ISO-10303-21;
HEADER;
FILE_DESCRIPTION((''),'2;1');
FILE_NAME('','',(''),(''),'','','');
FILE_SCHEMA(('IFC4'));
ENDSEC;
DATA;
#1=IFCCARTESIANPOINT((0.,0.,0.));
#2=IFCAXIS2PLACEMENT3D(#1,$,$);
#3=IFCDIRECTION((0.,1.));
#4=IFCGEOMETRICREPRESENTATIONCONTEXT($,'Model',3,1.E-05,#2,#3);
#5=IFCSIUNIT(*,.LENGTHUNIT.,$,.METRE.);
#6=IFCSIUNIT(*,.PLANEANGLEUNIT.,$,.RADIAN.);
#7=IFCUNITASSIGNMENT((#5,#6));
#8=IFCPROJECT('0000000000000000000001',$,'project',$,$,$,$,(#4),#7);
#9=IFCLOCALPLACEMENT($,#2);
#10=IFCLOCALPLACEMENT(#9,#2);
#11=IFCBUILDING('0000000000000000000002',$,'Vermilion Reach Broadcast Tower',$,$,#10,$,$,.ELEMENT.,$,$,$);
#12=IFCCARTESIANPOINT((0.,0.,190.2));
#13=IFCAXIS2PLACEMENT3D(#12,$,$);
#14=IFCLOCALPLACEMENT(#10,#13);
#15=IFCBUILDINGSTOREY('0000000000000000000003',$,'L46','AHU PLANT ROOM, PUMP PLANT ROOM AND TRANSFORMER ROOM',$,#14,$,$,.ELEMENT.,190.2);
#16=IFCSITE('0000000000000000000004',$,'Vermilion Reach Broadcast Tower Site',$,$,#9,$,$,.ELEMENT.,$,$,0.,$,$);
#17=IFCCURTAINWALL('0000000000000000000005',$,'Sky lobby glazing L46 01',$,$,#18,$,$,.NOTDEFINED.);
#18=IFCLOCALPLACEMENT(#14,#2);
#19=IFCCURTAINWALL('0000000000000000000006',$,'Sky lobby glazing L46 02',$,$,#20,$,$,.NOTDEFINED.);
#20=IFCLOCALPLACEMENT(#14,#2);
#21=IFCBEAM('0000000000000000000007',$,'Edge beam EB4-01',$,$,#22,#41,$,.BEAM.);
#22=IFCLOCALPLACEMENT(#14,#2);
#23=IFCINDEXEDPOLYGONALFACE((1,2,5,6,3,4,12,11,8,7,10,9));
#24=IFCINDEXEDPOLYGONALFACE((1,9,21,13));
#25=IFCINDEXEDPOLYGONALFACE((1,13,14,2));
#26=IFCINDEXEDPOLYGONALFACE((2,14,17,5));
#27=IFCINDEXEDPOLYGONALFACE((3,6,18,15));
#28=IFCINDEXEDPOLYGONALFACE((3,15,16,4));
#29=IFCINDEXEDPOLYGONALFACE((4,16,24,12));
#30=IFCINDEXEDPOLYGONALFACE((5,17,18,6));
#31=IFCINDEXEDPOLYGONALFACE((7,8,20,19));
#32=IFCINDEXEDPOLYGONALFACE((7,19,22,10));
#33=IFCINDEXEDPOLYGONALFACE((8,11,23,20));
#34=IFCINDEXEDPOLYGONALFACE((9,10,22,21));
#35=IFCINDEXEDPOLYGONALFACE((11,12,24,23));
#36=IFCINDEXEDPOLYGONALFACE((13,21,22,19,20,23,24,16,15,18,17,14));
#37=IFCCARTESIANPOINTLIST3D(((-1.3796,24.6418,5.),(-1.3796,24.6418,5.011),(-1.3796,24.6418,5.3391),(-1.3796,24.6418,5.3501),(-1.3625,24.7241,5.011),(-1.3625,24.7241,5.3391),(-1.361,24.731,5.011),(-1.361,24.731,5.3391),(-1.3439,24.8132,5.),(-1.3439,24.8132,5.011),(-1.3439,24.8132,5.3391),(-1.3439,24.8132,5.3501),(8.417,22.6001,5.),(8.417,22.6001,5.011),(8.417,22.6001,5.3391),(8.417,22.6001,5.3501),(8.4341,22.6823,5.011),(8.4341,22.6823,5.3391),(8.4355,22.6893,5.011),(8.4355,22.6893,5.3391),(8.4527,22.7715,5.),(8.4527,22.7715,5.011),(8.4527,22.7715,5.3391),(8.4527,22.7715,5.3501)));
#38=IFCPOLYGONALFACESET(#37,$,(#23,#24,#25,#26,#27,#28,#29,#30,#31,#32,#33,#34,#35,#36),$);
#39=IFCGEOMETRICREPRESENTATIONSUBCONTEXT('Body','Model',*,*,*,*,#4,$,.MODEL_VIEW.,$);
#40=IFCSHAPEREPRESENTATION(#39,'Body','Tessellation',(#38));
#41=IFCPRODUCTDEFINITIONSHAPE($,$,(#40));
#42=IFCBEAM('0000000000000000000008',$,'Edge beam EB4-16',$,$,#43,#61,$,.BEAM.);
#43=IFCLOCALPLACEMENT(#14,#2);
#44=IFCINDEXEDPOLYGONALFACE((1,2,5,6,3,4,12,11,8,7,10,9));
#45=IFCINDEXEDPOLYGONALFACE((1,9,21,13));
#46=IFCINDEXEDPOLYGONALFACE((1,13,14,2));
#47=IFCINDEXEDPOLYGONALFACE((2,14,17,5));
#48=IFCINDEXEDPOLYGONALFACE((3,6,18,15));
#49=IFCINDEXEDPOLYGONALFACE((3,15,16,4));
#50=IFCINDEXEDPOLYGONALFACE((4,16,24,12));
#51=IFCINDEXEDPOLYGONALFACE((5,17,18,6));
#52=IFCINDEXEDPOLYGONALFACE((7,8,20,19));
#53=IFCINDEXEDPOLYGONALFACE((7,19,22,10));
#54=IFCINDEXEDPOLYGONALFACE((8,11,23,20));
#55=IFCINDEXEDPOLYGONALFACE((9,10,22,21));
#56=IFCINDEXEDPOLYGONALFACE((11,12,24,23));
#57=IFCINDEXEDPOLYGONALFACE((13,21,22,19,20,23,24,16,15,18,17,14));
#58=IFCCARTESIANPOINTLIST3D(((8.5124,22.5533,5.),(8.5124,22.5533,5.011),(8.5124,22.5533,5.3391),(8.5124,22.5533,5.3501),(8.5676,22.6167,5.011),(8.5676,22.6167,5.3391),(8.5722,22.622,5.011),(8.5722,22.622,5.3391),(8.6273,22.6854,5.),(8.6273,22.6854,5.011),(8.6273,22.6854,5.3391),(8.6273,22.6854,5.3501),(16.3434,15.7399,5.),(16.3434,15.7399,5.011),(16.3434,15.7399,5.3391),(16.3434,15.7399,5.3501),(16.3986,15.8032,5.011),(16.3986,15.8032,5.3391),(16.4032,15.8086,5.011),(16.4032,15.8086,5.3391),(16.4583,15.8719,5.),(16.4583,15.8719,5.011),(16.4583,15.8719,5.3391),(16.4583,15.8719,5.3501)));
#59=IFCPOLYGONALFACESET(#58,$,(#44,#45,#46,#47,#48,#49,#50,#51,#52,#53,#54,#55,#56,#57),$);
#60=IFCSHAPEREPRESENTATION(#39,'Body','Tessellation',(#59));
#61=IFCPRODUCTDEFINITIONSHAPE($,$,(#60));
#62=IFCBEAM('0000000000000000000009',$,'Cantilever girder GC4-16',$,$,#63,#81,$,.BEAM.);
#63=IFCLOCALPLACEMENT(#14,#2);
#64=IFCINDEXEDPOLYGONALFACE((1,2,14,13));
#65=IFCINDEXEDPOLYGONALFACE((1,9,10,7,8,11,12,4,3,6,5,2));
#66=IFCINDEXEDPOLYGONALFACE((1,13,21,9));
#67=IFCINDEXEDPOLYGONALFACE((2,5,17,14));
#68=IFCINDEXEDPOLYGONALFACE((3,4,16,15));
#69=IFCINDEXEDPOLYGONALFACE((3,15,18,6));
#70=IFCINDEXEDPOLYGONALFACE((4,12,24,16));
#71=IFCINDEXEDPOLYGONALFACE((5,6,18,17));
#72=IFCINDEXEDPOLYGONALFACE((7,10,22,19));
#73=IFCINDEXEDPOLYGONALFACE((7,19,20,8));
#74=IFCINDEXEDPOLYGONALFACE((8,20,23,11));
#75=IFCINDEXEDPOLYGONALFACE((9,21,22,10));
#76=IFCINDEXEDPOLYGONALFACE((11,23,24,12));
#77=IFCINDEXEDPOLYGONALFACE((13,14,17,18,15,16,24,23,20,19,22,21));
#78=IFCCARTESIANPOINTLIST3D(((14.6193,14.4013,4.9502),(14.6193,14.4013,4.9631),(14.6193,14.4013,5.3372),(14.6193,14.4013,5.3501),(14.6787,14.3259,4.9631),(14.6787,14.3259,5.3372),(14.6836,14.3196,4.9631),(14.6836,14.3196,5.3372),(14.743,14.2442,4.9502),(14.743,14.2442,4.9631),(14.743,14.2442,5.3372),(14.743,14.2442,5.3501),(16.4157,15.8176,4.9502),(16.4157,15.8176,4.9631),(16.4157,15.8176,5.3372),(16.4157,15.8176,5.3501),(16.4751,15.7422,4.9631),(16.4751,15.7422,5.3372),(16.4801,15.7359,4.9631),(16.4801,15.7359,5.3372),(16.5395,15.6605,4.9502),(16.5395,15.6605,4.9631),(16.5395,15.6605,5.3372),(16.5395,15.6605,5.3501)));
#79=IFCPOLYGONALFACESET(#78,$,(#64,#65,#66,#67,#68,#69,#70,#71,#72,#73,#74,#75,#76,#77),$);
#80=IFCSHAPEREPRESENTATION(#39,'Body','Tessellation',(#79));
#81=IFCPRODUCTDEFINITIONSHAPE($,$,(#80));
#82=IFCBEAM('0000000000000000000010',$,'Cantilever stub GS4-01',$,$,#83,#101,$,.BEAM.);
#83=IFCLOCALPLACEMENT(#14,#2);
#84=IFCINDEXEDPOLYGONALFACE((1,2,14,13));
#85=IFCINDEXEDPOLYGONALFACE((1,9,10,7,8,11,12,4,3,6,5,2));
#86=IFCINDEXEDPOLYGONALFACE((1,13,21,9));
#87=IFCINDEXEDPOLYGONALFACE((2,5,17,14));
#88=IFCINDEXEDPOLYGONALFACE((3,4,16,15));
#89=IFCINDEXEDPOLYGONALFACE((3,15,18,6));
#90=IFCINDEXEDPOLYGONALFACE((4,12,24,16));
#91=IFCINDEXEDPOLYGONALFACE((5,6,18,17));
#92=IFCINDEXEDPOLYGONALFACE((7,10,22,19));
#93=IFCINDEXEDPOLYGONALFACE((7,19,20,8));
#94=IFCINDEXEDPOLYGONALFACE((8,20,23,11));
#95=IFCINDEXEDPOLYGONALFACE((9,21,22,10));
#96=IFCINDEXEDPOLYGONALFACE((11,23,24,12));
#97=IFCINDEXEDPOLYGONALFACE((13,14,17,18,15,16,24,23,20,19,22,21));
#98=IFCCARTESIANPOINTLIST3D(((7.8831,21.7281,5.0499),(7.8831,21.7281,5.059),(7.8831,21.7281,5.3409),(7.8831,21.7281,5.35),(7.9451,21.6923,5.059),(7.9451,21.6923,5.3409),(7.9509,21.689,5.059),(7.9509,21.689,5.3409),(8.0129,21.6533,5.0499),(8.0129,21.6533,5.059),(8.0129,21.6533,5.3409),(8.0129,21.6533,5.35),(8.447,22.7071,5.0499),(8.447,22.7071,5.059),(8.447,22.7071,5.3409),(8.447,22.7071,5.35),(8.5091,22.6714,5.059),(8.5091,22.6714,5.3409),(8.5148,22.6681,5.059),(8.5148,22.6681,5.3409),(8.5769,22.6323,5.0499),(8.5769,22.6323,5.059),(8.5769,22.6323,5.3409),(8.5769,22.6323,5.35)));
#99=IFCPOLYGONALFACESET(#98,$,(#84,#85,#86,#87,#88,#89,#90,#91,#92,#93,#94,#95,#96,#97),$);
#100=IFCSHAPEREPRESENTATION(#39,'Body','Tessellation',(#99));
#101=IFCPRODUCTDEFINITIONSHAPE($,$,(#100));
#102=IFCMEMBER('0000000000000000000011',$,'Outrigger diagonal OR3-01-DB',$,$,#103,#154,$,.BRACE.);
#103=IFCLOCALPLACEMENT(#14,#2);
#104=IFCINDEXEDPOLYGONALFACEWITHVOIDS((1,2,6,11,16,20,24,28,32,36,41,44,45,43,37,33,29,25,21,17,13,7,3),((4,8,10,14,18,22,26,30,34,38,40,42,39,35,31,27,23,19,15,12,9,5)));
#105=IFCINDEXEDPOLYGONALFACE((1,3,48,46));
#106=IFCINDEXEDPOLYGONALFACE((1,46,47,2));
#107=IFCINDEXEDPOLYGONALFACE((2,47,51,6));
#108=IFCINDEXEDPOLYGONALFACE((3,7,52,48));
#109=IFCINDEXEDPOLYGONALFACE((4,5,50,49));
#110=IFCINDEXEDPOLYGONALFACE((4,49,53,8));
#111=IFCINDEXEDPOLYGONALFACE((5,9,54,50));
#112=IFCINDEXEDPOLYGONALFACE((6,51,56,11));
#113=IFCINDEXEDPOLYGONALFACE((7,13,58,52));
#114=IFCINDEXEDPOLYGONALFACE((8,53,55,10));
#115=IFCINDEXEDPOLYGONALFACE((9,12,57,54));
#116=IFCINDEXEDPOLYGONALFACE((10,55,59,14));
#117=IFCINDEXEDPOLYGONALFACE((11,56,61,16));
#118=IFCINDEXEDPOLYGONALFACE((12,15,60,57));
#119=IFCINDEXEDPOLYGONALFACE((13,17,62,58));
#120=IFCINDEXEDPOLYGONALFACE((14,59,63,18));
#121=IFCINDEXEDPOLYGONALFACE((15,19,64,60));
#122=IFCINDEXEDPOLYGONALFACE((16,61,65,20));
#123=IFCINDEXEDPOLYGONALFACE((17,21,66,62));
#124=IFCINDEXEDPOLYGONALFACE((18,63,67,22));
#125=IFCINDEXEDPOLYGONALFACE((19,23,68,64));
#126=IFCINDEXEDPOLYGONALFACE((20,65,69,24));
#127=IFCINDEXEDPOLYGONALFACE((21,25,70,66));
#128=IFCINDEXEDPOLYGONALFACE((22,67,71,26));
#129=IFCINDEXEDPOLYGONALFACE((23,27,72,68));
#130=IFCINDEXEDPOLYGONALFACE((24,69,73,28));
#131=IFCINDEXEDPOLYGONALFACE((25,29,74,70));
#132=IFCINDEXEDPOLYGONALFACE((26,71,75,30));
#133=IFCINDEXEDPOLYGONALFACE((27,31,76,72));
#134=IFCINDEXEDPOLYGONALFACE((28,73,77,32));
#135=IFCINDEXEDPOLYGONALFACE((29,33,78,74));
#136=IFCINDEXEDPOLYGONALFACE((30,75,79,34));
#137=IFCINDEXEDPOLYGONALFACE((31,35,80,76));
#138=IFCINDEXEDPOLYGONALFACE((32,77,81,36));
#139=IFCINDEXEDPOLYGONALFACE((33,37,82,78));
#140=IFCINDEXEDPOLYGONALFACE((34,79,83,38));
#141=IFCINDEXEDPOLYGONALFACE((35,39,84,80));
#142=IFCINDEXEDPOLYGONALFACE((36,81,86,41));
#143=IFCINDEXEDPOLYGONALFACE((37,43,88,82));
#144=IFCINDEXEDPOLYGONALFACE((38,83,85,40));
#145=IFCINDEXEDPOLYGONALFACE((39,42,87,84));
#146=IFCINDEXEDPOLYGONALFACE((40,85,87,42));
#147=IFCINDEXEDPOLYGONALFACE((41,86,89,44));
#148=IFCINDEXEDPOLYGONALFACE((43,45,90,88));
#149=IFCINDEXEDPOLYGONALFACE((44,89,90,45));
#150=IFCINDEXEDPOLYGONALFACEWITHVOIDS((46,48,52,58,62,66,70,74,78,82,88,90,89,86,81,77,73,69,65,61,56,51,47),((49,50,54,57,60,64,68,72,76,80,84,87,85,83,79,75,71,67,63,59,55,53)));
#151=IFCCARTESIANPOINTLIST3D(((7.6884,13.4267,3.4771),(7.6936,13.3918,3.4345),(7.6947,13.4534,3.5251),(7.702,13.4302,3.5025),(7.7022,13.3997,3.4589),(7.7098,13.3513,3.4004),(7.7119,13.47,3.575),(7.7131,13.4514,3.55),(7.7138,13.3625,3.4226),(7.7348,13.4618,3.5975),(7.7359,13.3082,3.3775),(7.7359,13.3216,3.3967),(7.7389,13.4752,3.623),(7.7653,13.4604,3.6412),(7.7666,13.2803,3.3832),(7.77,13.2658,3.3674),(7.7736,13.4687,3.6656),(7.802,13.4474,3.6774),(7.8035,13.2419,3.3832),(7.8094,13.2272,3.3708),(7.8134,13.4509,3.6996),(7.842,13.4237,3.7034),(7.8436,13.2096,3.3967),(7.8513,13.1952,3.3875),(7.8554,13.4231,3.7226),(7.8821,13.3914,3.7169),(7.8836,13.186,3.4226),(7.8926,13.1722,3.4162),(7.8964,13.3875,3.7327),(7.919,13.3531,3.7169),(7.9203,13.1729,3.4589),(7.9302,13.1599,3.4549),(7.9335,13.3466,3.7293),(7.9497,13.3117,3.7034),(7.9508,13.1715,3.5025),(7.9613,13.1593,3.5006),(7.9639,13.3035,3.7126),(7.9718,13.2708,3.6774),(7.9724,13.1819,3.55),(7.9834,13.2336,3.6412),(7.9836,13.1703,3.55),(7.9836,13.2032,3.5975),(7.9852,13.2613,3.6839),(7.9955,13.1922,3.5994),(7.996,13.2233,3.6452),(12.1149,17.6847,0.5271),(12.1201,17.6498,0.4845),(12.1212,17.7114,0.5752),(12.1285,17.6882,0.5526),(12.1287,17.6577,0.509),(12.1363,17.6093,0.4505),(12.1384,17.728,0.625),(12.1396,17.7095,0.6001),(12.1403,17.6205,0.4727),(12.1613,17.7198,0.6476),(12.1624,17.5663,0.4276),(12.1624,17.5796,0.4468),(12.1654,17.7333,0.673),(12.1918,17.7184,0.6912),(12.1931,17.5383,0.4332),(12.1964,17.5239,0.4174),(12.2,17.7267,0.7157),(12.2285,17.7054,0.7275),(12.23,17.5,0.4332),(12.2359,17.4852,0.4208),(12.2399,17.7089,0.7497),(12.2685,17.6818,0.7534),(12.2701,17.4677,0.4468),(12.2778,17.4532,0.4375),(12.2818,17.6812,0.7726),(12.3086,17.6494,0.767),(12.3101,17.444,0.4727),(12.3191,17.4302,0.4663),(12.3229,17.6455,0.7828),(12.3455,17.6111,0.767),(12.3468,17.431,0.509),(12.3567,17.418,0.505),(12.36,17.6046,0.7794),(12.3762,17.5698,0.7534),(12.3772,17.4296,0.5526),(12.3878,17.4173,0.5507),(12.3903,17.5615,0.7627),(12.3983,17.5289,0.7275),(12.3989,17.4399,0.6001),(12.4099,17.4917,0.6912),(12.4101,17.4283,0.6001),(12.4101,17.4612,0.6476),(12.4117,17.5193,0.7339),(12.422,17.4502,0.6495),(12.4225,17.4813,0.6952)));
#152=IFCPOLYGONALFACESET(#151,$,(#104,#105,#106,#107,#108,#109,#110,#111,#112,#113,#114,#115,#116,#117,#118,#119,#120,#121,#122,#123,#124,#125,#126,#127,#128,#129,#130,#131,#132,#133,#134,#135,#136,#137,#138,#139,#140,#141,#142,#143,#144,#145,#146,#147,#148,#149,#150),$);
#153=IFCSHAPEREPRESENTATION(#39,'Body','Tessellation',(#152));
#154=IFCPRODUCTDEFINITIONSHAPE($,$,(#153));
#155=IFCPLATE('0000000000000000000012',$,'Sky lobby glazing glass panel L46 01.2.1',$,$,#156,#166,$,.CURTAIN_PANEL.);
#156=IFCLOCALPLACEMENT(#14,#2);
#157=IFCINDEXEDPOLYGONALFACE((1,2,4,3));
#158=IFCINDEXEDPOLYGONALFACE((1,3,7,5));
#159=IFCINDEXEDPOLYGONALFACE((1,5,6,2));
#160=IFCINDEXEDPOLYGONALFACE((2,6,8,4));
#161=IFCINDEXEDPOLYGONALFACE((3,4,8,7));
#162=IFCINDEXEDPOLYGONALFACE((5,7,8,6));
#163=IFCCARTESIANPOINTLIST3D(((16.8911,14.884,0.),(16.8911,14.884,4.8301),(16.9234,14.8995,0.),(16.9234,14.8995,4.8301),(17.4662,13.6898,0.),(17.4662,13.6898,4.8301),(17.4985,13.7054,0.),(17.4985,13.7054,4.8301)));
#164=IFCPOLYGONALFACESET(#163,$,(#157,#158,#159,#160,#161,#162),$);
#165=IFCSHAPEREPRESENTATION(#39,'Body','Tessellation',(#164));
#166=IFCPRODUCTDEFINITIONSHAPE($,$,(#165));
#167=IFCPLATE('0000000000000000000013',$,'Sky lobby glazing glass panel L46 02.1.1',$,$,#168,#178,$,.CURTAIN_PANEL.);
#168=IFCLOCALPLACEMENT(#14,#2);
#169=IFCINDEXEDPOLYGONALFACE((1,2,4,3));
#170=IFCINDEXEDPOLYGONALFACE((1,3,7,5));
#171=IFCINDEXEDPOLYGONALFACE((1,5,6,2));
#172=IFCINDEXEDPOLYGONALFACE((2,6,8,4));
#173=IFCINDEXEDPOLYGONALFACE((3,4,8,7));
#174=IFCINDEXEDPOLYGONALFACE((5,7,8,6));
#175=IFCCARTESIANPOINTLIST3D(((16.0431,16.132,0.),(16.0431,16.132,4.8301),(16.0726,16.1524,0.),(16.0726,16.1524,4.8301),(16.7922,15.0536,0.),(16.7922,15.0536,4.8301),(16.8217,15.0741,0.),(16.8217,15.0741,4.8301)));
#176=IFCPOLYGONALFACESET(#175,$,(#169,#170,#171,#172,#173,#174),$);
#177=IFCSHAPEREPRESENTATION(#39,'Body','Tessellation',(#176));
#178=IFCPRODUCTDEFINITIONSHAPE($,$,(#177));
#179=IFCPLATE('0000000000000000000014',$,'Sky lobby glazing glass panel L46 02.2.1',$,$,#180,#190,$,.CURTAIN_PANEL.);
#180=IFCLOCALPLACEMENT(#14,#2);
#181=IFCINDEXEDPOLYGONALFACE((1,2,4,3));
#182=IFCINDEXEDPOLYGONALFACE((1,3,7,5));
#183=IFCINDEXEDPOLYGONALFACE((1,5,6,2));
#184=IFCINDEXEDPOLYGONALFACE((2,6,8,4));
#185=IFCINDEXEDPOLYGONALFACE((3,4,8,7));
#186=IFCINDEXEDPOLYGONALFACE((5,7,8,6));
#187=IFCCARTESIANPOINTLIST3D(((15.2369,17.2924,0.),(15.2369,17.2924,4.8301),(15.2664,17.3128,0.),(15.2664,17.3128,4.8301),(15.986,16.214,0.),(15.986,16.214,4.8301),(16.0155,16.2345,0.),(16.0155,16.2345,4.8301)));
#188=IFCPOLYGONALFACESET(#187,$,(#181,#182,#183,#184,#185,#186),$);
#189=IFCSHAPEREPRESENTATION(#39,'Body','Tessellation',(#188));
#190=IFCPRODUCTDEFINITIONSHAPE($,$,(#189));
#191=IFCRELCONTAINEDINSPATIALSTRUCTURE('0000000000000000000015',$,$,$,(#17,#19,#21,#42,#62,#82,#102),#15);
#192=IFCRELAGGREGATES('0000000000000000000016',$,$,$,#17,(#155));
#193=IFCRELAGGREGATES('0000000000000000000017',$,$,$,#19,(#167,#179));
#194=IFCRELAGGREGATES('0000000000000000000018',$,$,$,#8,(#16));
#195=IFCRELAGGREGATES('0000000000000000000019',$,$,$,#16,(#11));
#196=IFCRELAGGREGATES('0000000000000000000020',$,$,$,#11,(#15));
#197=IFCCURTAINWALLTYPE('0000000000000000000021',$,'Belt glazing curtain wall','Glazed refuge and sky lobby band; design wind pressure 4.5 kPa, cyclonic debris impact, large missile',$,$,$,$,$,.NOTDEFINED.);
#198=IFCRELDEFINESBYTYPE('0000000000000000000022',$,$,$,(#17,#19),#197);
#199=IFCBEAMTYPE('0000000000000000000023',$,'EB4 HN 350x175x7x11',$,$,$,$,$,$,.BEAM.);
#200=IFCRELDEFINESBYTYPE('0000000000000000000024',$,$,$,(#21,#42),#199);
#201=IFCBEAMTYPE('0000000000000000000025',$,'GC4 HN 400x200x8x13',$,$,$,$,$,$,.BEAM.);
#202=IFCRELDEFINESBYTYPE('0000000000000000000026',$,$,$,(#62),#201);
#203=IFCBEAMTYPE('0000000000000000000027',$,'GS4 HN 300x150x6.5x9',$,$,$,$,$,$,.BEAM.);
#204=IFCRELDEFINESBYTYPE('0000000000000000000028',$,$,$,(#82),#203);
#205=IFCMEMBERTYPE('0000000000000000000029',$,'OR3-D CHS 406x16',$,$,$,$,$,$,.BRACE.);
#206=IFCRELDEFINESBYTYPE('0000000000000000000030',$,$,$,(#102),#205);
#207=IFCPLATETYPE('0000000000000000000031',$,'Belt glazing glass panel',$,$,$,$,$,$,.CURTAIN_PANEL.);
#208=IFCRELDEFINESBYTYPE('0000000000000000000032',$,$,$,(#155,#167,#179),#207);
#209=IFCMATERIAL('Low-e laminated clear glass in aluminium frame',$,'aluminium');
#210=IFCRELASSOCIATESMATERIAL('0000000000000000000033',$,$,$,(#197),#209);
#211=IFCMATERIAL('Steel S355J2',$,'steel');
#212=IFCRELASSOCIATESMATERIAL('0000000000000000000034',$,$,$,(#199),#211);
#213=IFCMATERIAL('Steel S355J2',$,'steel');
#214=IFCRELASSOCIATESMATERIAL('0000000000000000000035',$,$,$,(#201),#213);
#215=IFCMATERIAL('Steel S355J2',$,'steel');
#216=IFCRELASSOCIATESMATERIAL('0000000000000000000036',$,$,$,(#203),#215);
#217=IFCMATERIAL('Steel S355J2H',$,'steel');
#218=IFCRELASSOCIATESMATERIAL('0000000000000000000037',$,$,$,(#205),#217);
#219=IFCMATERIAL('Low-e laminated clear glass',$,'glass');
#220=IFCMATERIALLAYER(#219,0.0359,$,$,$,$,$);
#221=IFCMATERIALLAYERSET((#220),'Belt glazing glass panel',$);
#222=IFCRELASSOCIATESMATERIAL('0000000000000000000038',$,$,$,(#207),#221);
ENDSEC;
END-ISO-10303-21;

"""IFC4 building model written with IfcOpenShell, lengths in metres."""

from ifc_helpers import new_model, si_unit, direction, frame, origin, origin_2d, place, context, subcontext, project, spatial, rectangle, hollow_circle, i_section, extrude, material, layer, layer_set, material_profile, profile_set, type_object, element, aggregate, save


model = new_model("IFC4")

# Units and contexts
model_context = context("Model", 3, precision=1e-05, world=origin(), true_north=direction((0.0, 1.0)))
body_context = subcontext(model_context, "Body", "Model", "MODEL_VIEW")
ifc_project = project(units=[si_unit("LENGTHUNIT", "METRE"), si_unit("PLANEANGLEUNIT", "RADIAN")], contexts=[model_context])

# Site, building, storey
site_placement = place(None, origin())
site = spatial("IfcSite", under=ifc_project, at=site_placement, Name="Vermilion Reach Broadcast Tower Site", CompositionType="ELEMENT", RefElevation=0.0)
building_placement = place(site_placement, origin())
building = spatial("IfcBuilding", under=site, at=building_placement, Name="Vermilion Reach Broadcast Tower", CompositionType="ELEMENT")
storey_placement = place(building_placement, frame((0.0, 0.0, 190.2)))
storey = spatial("IfcBuildingStorey", under=building, at=storey_placement, Name="L46", Description="AHU PLANT ROOM, PUMP PLANT ROOM AND TRANSFORMER ROOM", CompositionType="ELEMENT", Elevation=190.2)

# Curtain wall
ifc_material_1 = material(Name="Low-e laminated clear glass in aluminium frame", Category="aluminium")
curtain_wall_type = type_object("IfcCurtainWallType", Name="Belt glazing curtain wall", Description="Glazed refuge and sky lobby band; design wind pressure 4.5 kPa, cyclonic debris impact, large missile", PredefinedType="NOTDEFINED", material=ifc_material_1)
placement = place(storey_placement, origin())
curtain_wall_1 = element("IfcCurtainWall", 1, at=placement, inside=storey, type_object=curtain_wall_type, Name="Sky lobby glazing L46 01", PredefinedType="NOTDEFINED")

# Curtain wall
curtain_wall_2 = element("IfcCurtainWall", 2, at=placement, inside=storey, type_object=curtain_wall_type, Name="Sky lobby glazing L46 02", PredefinedType="NOTDEFINED")

# Beams
ifc_material_2 = material(Name="Steel S355J2", Category="steel")
ifc_material_profile_1 = material_profile(ifc_material_2, i_section(OverallWidth=0.175, OverallDepth=0.3501, WebThickness=0.0071, FlangeThickness=0.011, at=origin_2d()), Name="S355J2 HN 350x175x7x11")
ifc_profile_set_1 = profile_set([ifc_material_profile_1], Name="Steel S355J2")
beam_type_1 = type_object("IfcBeamType", Name="EB4 HN 350x175x7x11", PredefinedType="BEAM", material=ifc_profile_set_1)
beam_1_placement = place(storey_placement, frame((8.4348, 22.6858, 5.175), z_axis=(-0.978965, 0.204029, 0.0), x_axis=(-0.204029, -0.978965, 0.0)))
element("IfcBeam", 3, at=beam_1_placement, inside=storey, type_object=beam_type_1, Name="Edge beam EB4-01", PredefinedType="BEAM", context=body_context, shape_type="SweptSolid", body=[
    extrude(i_section(OverallWidth=0.175, OverallDepth=0.3501, WebThickness=0.0071, FlangeThickness=0.011, at=origin_2d()), origin(), (0.0, 0.0, 1.0), 10.0071),
])
beam_2_placement = place(storey_placement, frame((16.4009, 15.8059, 5.175), z_axis=(-0.754421, 0.656391, 0.0), x_axis=(-0.656391, -0.754421, 0.0)))
element("IfcBeam", 4, at=beam_2_placement, inside=storey, type_object=beam_type_1, Name="Edge beam EB4-16", PredefinedType="BEAM", context=body_context, shape_type="SweptSolid", body=[
    extrude(i_section(OverallWidth=0.175, OverallDepth=0.3501, WebThickness=0.0071, FlangeThickness=0.011, at=origin_2d()), origin(), (0.0, 0.0, 1.0), 10.3801),
])
ifc_material_3 = material(Name="Steel S355J2", Category="steel")
ifc_material_profile_2 = material_profile(ifc_material_3, i_section(OverallWidth=0.2, OverallDepth=0.3999, WebThickness=0.0081, FlangeThickness=0.0129, at=origin_2d()), Name="S355J2 HN 400x200x8x13")
ifc_profile_set_2 = profile_set([ifc_material_profile_2], Name="Steel S355J2")
beam_type_2 = type_object("IfcBeamType", Name="GC4 HN 400x200x8x13", PredefinedType="BEAM", material=ifc_profile_set_2)
beam_3_placement = place(storey_placement, frame((14.6812, 14.3228, 5.1501), z_axis=(0.785295, 0.619122, 0.0), x_axis=(-0.619122, 0.785295, 0.0)))
element("IfcBeam", 5, at=beam_3_placement, inside=storey, type_object=beam_type_2, Name="Cantilever girder GC4-16", PredefinedType="BEAM", context=body_context, shape_type="SweptSolid", body=[
    extrude(i_section(OverallWidth=0.2, OverallDepth=0.3999, WebThickness=0.0081, FlangeThickness=0.0129, at=origin_2d()), origin(), (0.0, 0.0, 1.0), 2.2876),
])
ifc_material_4 = material(Name="Steel S355J2", Category="steel")
ifc_material_profile_3 = material_profile(ifc_material_4, i_section(OverallWidth=0.1499, OverallDepth=0.3, WebThickness=0.0066, FlangeThickness=0.009, at=origin_2d()), Name="S355J2 HN 300x150x6.5x9")
ifc_profile_set_3 = profile_set([ifc_material_profile_3], Name="Steel S355J2")
beam_type_3 = type_object("IfcBeamType", Name="GS4 HN 300x150x6.5x9", PredefinedType="BEAM", material=ifc_profile_set_3)
beam_4_placement = place(storey_placement, frame((7.948, 21.6907, 5.2), z_axis=(0.499161, 0.866509, 0.0), x_axis=(-0.866509, 0.499161, 0.0)))
element("IfcBeam", 6, at=beam_4_placement, inside=storey, type_object=beam_type_3, Name="Cantilever stub GS4-01", PredefinedType="BEAM", context=body_context, shape_type="SweptSolid", body=[
    extrude(i_section(OverallWidth=0.1499, OverallDepth=0.3, WebThickness=0.0066, FlangeThickness=0.009, at=origin_2d()), origin(), (0.0, 0.0, 1.0), 1.1299),
])

# Member
ifc_material_5 = material(Name="Steel S355J2H", Category="steel")
ifc_material_profile_4 = material_profile(ifc_material_5, hollow_circle(Radius=0.2031, WallThickness=0.0161, at=origin_2d()), Name="S355J2H CHS 406x16")
ifc_profile_set_4 = profile_set([ifc_material_profile_4], Name="Steel S355J2H")
member_type_1 = type_object("IfcMemberType", Name="OR3-D CHS 406x16", PredefinedType="BRACE", material=ifc_profile_set_4)
member_1_placement = place(storey_placement, frame((12.2693, 17.5747, 0.6001), z_axis=(-0.649644, -0.624921, 0.43294), x_axis=(0.69326, -0.720687, 0.0)))
element("IfcMember", 7, at=member_1_placement, inside=storey, type_object=member_type_1, Name="Outrigger diagonal OR3-01-DB", PredefinedType="BRACE", context=body_context, shape_type="SweptSolid", body=[
    extrude(hollow_circle(Radius=0.2031, WallThickness=0.0161, at=origin_2d()), origin(), (0.0, 0.0, 1.0), 6.8137),
])

# Plates
ifc_material_6 = material(Name="Low-e laminated clear glass", Category="glass")
ifc_layer_1 = layer(ifc_material_6, 0.0359)
ifc_layer_set_1 = layer_set([ifc_layer_1], Name="Belt glazing glass panel")
plate_type = type_object("IfcPlateType", Name="Belt glazing glass panel", PredefinedType="CURTAIN_PANEL", material=ifc_layer_set_1)
plate_1_placement = place(storey_placement, frame((17.1948, 14.2947, 0.0), z_axis=(0.0, 0.0, 1.0), x_axis=(-0.433902, 0.90096, 0.0)))
plate_1 = element("IfcPlate", 8, at=plate_1_placement, type_object=plate_type, Name="Sky lobby glazing glass panel L46 01.2.1", PredefinedType="CURTAIN_PANEL", context=body_context, shape_type="SweptSolid", body=[
    extrude(rectangle(XDim=1.3254, YDim=0.0359, at=origin_2d()), origin(), (0.0, 0.0, 1.0), 4.8301),
])
aggregate(curtain_wall_1, [plate_1])
plate_2_placement = place(storey_placement, frame((16.4324, 15.603, 0.0), z_axis=(0.0, 0.0, 1.0), x_axis=(-0.570524, 0.821281, 0.0)))
plate_2 = element("IfcPlate", 9, at=plate_2_placement, type_object=plate_type, Name="Sky lobby glazing glass panel L46 02.1.1", PredefinedType="CURTAIN_PANEL", context=body_context, shape_type="SweptSolid", body=[
    extrude(rectangle(XDim=1.313, YDim=0.0359, at=origin_2d()), origin(), (0.0, 0.0, 1.0), 4.8301),
])
plate_3_placement = place(storey_placement, frame((15.6262, 16.7634, 0.0), z_axis=(0.0, 0.0, 1.0), x_axis=(-0.570524, 0.821281, 0.0)))
plate_3 = element("IfcPlate", 10, at=plate_3_placement, type_object=plate_type, Name="Sky lobby glazing glass panel L46 02.2.1", PredefinedType="CURTAIN_PANEL", context=body_context, shape_type="SweptSolid", body=[
    extrude(rectangle(XDim=1.313, YDim=0.0359, at=origin_2d()), origin(), (0.0, 0.0, 1.0), 4.8301),
])
aggregate(curtain_wall_2, [plate_2, plate_3])

save(model, "model.ifc")
